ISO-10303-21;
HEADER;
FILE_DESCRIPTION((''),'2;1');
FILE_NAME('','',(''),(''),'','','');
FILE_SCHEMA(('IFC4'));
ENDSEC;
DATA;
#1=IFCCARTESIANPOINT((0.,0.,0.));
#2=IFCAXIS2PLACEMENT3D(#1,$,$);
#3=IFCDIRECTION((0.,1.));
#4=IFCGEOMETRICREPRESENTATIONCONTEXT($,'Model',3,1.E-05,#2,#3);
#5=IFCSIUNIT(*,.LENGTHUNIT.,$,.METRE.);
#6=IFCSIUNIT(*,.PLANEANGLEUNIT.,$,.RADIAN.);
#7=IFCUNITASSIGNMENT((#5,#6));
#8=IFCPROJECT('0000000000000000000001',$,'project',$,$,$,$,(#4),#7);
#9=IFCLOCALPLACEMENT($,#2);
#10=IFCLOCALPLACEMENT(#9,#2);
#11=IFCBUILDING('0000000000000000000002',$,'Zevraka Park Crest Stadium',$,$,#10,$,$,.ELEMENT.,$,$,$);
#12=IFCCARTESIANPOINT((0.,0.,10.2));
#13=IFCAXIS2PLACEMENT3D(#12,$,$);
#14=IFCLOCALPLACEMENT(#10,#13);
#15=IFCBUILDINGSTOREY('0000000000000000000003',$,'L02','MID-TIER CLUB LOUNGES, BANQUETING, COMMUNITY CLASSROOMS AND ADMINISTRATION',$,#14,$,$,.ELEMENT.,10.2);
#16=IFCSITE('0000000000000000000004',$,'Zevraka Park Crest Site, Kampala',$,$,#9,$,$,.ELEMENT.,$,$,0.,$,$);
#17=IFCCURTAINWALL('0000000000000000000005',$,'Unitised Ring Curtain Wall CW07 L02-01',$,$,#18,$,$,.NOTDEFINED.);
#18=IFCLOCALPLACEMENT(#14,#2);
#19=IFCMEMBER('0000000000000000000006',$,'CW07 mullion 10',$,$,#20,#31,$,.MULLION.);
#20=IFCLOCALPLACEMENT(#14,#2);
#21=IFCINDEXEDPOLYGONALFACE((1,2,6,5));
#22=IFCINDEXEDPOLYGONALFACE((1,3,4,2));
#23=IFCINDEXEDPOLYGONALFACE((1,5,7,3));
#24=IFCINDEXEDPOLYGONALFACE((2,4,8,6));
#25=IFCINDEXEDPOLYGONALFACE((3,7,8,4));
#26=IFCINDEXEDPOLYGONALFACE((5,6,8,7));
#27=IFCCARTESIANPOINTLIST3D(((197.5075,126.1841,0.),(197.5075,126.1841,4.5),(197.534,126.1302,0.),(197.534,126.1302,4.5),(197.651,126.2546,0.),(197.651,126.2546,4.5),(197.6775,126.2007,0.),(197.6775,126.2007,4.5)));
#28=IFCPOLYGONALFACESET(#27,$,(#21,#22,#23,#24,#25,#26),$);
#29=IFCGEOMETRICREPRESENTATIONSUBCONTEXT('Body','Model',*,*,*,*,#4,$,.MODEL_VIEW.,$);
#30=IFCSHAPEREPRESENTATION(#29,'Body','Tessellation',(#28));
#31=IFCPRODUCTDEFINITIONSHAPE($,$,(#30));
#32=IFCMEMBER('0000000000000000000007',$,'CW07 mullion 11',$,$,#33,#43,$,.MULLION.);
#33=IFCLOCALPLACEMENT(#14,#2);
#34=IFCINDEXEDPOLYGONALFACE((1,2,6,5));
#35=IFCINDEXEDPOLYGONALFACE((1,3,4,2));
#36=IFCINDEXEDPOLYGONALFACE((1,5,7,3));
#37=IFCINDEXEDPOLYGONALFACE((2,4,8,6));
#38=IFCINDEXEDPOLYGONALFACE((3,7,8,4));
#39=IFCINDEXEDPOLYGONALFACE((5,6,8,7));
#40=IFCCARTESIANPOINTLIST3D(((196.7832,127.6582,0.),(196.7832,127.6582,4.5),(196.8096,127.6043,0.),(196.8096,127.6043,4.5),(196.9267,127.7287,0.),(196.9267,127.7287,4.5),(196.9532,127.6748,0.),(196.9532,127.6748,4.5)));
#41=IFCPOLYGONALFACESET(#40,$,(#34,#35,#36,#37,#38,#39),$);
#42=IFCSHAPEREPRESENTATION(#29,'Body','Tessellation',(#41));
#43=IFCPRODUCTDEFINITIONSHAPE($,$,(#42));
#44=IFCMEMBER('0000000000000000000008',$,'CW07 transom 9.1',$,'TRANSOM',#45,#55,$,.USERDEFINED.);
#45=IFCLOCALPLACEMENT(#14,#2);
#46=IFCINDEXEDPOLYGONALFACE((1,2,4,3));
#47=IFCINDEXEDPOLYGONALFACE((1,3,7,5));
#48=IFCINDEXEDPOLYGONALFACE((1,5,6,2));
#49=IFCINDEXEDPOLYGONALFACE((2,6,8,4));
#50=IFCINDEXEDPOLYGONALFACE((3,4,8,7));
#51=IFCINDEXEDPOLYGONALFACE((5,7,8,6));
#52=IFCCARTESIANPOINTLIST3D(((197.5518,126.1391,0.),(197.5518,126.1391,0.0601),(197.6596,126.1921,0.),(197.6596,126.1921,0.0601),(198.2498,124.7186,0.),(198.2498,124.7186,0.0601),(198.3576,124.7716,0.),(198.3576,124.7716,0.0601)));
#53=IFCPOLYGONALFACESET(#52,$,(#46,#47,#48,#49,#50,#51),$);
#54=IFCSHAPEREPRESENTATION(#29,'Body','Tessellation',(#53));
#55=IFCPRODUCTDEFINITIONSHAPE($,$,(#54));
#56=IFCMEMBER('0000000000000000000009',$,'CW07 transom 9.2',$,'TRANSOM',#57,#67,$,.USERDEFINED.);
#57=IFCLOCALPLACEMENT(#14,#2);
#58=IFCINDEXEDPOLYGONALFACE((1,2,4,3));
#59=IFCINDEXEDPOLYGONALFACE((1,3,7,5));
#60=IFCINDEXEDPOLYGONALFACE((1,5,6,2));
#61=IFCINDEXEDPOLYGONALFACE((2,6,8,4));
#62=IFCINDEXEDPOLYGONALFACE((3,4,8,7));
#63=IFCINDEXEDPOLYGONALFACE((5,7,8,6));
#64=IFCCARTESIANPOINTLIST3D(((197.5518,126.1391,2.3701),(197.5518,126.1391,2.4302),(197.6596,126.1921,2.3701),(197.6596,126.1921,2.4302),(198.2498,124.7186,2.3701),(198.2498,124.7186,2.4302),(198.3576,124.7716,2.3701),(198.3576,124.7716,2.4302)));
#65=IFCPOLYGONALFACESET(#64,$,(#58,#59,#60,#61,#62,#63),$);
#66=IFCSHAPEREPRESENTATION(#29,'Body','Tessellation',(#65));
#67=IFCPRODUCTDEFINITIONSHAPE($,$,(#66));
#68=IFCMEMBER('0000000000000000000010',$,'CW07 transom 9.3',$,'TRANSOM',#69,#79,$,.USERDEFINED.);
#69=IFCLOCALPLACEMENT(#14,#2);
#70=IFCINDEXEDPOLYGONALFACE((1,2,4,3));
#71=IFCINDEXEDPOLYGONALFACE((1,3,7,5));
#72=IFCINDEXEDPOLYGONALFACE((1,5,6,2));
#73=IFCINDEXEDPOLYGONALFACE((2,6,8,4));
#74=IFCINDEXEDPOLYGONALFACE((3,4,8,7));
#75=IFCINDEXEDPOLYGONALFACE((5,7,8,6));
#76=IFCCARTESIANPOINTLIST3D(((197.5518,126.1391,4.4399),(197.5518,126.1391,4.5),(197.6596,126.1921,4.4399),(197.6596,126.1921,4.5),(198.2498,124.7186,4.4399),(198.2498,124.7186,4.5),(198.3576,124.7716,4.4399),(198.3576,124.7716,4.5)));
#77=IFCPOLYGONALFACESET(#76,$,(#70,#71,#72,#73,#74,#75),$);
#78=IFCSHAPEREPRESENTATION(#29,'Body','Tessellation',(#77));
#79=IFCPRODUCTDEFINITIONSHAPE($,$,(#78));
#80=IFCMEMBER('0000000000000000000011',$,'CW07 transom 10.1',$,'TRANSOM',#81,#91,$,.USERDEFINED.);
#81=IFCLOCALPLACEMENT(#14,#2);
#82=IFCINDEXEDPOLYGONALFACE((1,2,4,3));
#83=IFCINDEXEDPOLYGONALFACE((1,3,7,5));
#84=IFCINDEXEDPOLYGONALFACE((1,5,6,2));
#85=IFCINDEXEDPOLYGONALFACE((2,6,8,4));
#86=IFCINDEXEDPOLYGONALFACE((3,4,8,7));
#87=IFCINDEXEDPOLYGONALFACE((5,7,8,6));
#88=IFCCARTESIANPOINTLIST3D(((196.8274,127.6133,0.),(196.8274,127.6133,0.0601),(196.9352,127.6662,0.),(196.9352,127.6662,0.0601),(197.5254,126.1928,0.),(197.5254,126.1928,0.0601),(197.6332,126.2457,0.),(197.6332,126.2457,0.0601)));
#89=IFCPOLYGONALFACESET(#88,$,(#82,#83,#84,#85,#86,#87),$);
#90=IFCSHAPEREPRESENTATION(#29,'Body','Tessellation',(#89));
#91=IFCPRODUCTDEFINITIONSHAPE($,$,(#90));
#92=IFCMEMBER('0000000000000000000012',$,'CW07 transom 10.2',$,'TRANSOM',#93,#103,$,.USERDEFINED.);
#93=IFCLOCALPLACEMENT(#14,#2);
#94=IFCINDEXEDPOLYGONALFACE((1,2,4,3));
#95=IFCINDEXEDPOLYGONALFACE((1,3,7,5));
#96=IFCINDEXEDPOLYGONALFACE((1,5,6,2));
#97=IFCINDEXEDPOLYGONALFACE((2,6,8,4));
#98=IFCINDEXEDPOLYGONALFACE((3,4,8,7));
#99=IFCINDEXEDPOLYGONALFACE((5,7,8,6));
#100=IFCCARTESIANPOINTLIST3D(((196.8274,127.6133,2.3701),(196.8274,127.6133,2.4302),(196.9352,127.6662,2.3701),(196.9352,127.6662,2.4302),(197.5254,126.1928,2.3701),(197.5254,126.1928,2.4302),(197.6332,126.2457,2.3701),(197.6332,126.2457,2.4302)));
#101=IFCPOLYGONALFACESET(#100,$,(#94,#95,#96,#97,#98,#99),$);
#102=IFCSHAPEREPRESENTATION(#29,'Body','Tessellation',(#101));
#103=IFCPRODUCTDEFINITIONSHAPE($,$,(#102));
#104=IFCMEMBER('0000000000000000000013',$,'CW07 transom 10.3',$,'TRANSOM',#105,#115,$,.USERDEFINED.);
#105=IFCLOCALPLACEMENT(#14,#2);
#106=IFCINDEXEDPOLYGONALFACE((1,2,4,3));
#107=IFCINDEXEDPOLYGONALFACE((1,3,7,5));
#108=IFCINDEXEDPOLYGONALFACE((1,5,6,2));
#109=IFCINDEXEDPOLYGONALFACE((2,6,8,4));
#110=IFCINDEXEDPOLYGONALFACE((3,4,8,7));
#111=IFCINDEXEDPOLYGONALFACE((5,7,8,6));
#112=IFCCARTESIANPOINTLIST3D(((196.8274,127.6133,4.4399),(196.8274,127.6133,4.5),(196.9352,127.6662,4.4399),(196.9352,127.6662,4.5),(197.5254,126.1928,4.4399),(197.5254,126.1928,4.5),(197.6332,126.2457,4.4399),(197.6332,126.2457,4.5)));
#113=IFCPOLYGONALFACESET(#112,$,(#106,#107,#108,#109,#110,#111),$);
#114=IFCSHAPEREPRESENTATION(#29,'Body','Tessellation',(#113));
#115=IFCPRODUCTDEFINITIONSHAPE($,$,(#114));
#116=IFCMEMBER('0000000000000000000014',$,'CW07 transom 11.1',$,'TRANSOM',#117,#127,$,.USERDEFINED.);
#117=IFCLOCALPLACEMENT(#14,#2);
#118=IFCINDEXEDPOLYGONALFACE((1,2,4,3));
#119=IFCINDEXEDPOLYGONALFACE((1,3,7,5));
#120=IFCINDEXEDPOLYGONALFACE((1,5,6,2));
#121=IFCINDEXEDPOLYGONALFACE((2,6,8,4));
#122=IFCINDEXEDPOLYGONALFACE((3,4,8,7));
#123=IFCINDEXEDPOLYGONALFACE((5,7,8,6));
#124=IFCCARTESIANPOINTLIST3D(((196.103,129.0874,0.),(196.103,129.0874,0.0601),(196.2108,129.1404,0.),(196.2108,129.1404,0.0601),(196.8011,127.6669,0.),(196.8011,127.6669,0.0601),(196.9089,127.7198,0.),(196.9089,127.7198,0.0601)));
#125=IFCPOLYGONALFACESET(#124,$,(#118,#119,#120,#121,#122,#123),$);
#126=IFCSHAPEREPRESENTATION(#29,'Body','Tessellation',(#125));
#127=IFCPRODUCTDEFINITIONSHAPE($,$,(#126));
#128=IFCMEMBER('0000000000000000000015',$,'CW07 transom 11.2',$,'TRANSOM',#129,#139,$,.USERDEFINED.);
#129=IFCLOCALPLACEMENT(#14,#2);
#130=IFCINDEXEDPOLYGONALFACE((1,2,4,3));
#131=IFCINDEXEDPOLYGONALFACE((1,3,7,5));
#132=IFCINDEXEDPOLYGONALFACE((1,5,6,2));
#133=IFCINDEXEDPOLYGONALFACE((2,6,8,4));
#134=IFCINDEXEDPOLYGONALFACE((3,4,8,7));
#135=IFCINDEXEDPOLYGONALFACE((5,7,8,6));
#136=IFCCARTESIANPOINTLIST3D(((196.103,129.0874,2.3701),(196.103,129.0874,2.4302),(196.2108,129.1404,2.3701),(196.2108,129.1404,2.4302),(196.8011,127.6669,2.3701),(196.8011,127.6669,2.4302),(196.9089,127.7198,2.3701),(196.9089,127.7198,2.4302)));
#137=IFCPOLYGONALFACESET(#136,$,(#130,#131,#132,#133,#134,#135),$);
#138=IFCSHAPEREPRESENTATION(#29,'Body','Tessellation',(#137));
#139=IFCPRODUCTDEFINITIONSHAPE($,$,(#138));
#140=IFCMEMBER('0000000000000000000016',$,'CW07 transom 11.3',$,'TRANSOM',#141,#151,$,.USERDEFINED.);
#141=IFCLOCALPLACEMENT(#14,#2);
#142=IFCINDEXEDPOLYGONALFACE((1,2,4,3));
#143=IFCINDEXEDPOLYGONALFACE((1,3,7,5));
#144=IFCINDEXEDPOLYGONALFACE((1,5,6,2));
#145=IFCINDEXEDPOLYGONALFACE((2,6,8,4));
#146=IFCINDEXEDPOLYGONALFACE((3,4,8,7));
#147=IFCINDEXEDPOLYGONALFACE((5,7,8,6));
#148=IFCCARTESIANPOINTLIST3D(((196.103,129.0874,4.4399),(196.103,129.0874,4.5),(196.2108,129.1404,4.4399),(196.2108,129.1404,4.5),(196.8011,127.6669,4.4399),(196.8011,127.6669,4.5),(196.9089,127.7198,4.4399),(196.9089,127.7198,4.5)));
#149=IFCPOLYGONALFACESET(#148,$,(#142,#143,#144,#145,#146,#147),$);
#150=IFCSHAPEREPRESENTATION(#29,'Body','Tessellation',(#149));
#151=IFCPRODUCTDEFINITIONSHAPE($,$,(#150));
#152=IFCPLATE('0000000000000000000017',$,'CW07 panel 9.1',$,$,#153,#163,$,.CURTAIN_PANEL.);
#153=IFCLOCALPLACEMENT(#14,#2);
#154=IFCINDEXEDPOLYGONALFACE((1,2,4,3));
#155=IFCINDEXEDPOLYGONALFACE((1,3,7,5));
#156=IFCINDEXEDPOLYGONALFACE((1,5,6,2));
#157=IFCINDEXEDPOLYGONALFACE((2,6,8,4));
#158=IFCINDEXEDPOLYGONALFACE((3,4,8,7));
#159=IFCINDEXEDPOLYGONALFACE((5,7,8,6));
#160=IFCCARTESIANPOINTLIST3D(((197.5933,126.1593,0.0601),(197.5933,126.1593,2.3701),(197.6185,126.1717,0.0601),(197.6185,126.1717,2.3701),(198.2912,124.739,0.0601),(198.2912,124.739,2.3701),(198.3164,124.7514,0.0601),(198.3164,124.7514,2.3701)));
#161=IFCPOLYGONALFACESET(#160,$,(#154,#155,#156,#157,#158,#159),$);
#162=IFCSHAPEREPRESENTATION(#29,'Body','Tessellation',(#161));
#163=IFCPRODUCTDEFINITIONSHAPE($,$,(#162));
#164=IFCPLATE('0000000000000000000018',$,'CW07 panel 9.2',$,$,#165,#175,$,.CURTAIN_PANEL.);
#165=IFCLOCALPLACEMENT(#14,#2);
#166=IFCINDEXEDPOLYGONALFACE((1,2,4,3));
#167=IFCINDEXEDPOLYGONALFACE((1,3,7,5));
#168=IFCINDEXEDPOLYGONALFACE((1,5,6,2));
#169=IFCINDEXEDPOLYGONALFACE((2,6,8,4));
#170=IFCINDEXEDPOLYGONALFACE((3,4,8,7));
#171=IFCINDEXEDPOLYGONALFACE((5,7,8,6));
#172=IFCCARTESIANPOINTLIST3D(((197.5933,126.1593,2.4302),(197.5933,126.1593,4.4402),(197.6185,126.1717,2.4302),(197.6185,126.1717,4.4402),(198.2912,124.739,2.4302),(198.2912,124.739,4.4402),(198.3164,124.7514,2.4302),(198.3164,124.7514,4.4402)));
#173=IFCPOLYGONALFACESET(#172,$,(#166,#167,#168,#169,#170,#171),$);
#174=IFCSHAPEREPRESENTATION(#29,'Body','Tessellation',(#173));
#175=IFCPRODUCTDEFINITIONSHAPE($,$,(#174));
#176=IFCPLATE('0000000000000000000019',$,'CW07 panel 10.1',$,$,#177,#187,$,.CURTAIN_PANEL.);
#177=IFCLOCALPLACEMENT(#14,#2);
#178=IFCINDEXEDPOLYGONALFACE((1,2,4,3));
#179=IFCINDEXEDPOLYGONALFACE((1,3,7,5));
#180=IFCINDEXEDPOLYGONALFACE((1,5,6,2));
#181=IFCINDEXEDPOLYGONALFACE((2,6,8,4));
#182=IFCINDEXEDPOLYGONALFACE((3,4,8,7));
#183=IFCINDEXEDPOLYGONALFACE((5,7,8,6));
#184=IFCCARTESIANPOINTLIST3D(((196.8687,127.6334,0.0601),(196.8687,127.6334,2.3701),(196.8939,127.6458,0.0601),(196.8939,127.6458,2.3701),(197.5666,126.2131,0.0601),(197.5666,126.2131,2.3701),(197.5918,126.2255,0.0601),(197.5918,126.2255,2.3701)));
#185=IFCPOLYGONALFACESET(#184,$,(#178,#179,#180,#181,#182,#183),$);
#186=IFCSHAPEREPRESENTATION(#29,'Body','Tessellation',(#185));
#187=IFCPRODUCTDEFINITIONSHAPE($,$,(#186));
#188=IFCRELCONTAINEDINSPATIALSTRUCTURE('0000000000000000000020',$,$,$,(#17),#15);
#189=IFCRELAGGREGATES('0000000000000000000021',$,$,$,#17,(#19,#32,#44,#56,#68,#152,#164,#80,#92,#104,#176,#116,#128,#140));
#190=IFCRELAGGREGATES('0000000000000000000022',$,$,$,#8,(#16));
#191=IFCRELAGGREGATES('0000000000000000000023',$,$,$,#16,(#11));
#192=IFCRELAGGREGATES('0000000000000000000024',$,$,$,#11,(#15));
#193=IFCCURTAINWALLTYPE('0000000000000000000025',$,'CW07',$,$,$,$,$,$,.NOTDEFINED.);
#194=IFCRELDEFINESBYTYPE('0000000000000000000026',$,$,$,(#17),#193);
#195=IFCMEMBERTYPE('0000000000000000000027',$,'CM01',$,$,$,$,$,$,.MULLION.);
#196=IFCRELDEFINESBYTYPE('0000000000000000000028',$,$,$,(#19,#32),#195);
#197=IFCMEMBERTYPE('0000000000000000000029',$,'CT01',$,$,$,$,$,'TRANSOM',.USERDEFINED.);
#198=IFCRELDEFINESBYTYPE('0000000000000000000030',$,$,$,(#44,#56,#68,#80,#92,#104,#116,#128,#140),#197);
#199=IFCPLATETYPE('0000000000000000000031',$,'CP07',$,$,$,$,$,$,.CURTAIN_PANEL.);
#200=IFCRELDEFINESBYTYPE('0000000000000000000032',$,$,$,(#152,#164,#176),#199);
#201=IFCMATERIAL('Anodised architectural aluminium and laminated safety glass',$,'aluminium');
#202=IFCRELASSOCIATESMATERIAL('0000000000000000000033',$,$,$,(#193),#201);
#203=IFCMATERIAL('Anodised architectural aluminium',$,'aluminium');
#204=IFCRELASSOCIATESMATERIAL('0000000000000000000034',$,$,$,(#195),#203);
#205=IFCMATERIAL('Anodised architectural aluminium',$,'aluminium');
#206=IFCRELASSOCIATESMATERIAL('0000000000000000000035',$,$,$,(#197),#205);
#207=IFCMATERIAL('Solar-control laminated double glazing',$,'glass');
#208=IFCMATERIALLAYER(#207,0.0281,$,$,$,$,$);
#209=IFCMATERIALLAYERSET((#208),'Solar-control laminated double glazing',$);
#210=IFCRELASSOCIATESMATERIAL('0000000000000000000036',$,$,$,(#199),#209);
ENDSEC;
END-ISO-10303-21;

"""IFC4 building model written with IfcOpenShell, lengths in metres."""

from ifc_helpers import new_model, si_unit, direction, frame, origin, origin_2d, place, context, subcontext, project, spatial, rectangle, extrude, material, layer, layer_set, material_profile, profile_set, type_object, element, aggregate, save


model = new_model("IFC4")

# Units and contexts
model_context = context("Model", 3, precision=1e-05, world=origin(), true_north=direction((0.0, 1.0)))
body_context = subcontext(model_context, "Body", "Model", "MODEL_VIEW")
ifc_project = project(units=[si_unit("LENGTHUNIT", "METRE"), si_unit("PLANEANGLEUNIT", "RADIAN")], contexts=[model_context])

# Site, building, storey
site_placement = place(None, origin())
site = spatial("IfcSite", under=ifc_project, at=site_placement, Name="Zevraka Park Crest Site, Kampala", CompositionType="ELEMENT", RefElevation=0.0)
building_placement = place(site_placement, origin())
building = spatial("IfcBuilding", under=site, at=building_placement, Name="Zevraka Park Crest Stadium", CompositionType="ELEMENT")
storey_placement = place(building_placement, frame((0.0, 0.0, 10.2)))
storey = spatial("IfcBuildingStorey", under=building, at=storey_placement, Name="L02", Description="MID-TIER CLUB LOUNGES, BANQUETING, COMMUNITY CLASSROOMS AND ADMINISTRATION", CompositionType="ELEMENT", Elevation=10.2)

# Curtain wall, members, plates
ifc_material_1 = material(Name="Anodised architectural aluminium and laminated safety glass", Category="aluminium")
curtain_wall_type = type_object("IfcCurtainWallType", Name="CW07", PredefinedType="NOTDEFINED", material=ifc_material_1)
curtain_wall_placement = place(storey_placement, origin())
curtain_wall = element("IfcCurtainWall", 1, at=curtain_wall_placement, inside=storey, type_object=curtain_wall_type, Name="Unitised Ring Curtain Wall CW07 L02-01", PredefinedType="NOTDEFINED")
ifc_material_2 = material(Name="Anodised architectural aluminium", Category="aluminium")
ifc_material_profile_1 = material_profile(ifc_material_2, rectangle(XDim=0.1599, YDim=0.0601, at=origin_2d()), Name="ALU MULLION 160x60")
ifc_profile_set_1 = profile_set([ifc_material_profile_1], Name="Anodised architectural aluminium")
member_type_1 = type_object("IfcMemberType", Name="CM01", PredefinedType="MULLION", material=ifc_profile_set_1)
member_1_placement = place(storey_placement, frame((197.5925, 126.1924, 0.0), z_axis=(0.0, 0.0, 1.0), x_axis=(-0.897497, -0.441021, 0.0)))
member_1 = element("IfcMember", 2, at=member_1_placement, type_object=member_type_1, Name="CW07 mullion 10", PredefinedType="MULLION", context=body_context, shape_type="SweptSolid", body=[
    extrude(rectangle(XDim=0.1599, YDim=0.0601, at=origin_2d()), origin(), (0.0, 0.0, 1.0), 4.5),
])
member_2_placement = place(storey_placement, frame((196.8682, 127.6665, 0.0), z_axis=(0.0, 0.0, 1.0), x_axis=(-0.897497, -0.441021, 0.0)))
member_2 = element("IfcMember", 3, at=member_2_placement, type_object=member_type_1, Name="CW07 mullion 11", PredefinedType="MULLION", context=body_context, shape_type="SweptSolid", body=[
    extrude(rectangle(XDim=0.1599, YDim=0.0601, at=origin_2d()), origin(), (0.0, 0.0, 1.0), 4.5),
])
ifc_material_3 = material(Name="Anodised architectural aluminium", Category="aluminium")
ifc_material_profile_2 = material_profile(ifc_material_3, rectangle(XDim=0.1201, YDim=0.0601, at=origin_2d()), Name="ALU TRANSOM 120x60")
ifc_profile_set_2 = profile_set([ifc_material_profile_2], Name="Anodised architectural aluminium")
member_type_2 = type_object("IfcMemberType", Name="CT01", ElementType="TRANSOM", PredefinedType="USERDEFINED", material=ifc_profile_set_2)
member_3_placement = place(storey_placement, frame((198.3037, 124.7451, 0.03), z_axis=(-0.441033, 0.897491, 0.0), x_axis=(-0.897491, -0.441033, 0.0)))
member_3 = element("IfcMember", 4, at=member_3_placement, type_object=member_type_2, Name="CW07 transom 9.1", ObjectType="TRANSOM", PredefinedType="USERDEFINED", context=body_context, shape_type="SweptSolid", body=[
    extrude(rectangle(XDim=0.1201, YDim=0.0601, at=origin_2d()), origin(), (0.0, 0.0, 1.0), 1.5828),
])
member_4_placement = place(storey_placement, frame((198.3037, 124.7451, 2.4001), z_axis=(-0.441033, 0.897491, 0.0), x_axis=(-0.897491, -0.441033, 0.0)))
member_4 = element("IfcMember", 5, at=member_4_placement, type_object=member_type_2, Name="CW07 transom 9.2", ObjectType="TRANSOM", PredefinedType="USERDEFINED", context=body_context, shape_type="SweptSolid", body=[
    extrude(rectangle(XDim=0.1201, YDim=0.0601, at=origin_2d()), origin(), (0.0, 0.0, 1.0), 1.5828),
])
member_5_placement = place(storey_placement, frame((198.3037, 124.7451, 4.47), z_axis=(-0.441033, 0.897491, 0.0), x_axis=(-0.897491, -0.441033, 0.0)))
member_5 = element("IfcMember", 6, at=member_5_placement, type_object=member_type_2, Name="CW07 transom 9.3", ObjectType="TRANSOM", PredefinedType="USERDEFINED", context=body_context, shape_type="SweptSolid", body=[
    extrude(rectangle(XDim=0.1201, YDim=0.0601, at=origin_2d()), origin(), (0.0, 0.0, 1.0), 1.5828),
])
member_6_placement = place(storey_placement, frame((197.5793, 126.2192, 0.03), z_axis=(-0.441033, 0.897491, 0.0), x_axis=(-0.897491, -0.441033, 0.0)))
member_6 = element("IfcMember", 7, at=member_6_placement, type_object=member_type_2, Name="CW07 transom 10.1", ObjectType="TRANSOM", PredefinedType="USERDEFINED", context=body_context, shape_type="SweptSolid", body=[
    extrude(rectangle(XDim=0.1201, YDim=0.0601, at=origin_2d()), origin(), (0.0, 0.0, 1.0), 1.5828),
])
member_7_placement = place(storey_placement, frame((197.5793, 126.2192, 2.4001), z_axis=(-0.441033, 0.897491, 0.0), x_axis=(-0.897491, -0.441033, 0.0)))
member_7 = element("IfcMember", 8, at=member_7_placement, type_object=member_type_2, Name="CW07 transom 10.2", ObjectType="TRANSOM", PredefinedType="USERDEFINED", context=body_context, shape_type="SweptSolid", body=[
    extrude(rectangle(XDim=0.1201, YDim=0.0601, at=origin_2d()), origin(), (0.0, 0.0, 1.0), 1.5828),
])
member_8_placement = place(storey_placement, frame((197.5793, 126.2192, 4.47), z_axis=(-0.441033, 0.897491, 0.0), x_axis=(-0.897491, -0.441033, 0.0)))
member_8 = element("IfcMember", 9, at=member_8_placement, type_object=member_type_2, Name="CW07 transom 10.3", ObjectType="TRANSOM", PredefinedType="USERDEFINED", context=body_context, shape_type="SweptSolid", body=[
    extrude(rectangle(XDim=0.1201, YDim=0.0601, at=origin_2d()), origin(), (0.0, 0.0, 1.0), 1.5828),
])
member_9_placement = place(storey_placement, frame((196.855, 127.6934, 0.03), z_axis=(-0.441033, 0.897491, 0.0), x_axis=(-0.897491, -0.441033, 0.0)))
member_9 = element("IfcMember", 10, at=member_9_placement, type_object=member_type_2, Name="CW07 transom 11.1", ObjectType="TRANSOM", PredefinedType="USERDEFINED", context=body_context, shape_type="SweptSolid", body=[
    extrude(rectangle(XDim=0.1201, YDim=0.0601, at=origin_2d()), origin(), (0.0, 0.0, 1.0), 1.5828),
])
member_10_placement = place(storey_placement, frame((196.855, 127.6934, 2.4001), z_axis=(-0.441033, 0.897491, 0.0), x_axis=(-0.897491, -0.441033, 0.0)))
member_10 = element("IfcMember", 11, at=member_10_placement, type_object=member_type_2, Name="CW07 transom 11.2", ObjectType="TRANSOM", PredefinedType="USERDEFINED", context=body_context, shape_type="SweptSolid", body=[
    extrude(rectangle(XDim=0.1201, YDim=0.0601, at=origin_2d()), origin(), (0.0, 0.0, 1.0), 1.5828),
])
member_11_placement = place(storey_placement, frame((196.855, 127.6934, 4.47), z_axis=(-0.441033, 0.897491, 0.0), x_axis=(-0.897491, -0.441033, 0.0)))
member_11 = element("IfcMember", 12, at=member_11_placement, type_object=member_type_2, Name="CW07 transom 11.3", ObjectType="TRANSOM", PredefinedType="USERDEFINED", context=body_context, shape_type="SweptSolid", body=[
    extrude(rectangle(XDim=0.1201, YDim=0.0601, at=origin_2d()), origin(), (0.0, 0.0, 1.0), 1.5828),
])
ifc_material_4 = material(Name="Solar-control laminated double glazing", Category="glass")
ifc_layer_1 = layer(ifc_material_4, 0.0281)
ifc_layer_set_1 = layer_set([ifc_layer_1], Name="Solar-control laminated double glazing")
plate_type = type_object("IfcPlateType", Name="CP07", PredefinedType="CURTAIN_PANEL", material=ifc_layer_set_1)
plate_1_placement = place(storey_placement, frame((197.9548, 125.4553, 0.0601), z_axis=(0.0, 0.0, 1.0), x_axis=(-0.441021, 0.897497, 0.0)))
plate_1 = element("IfcPlate", 13, at=plate_1_placement, type_object=plate_type, Name="CW07 panel 9.1", PredefinedType="CURTAIN_PANEL", context=body_context, shape_type="SweptSolid", body=[
    extrude(rectangle(XDim=1.5825, YDim=0.0281, at=origin_2d()), origin(), (0.0, 0.0, 1.0), 2.3101),
])
plate_2_placement = place(storey_placement, frame((197.9548, 125.4553, 2.4302), z_axis=(0.0, 0.0, 1.0), x_axis=(-0.441021, 0.897497, 0.0)))
plate_2 = element("IfcPlate", 14, at=plate_2_placement, type_object=plate_type, Name="CW07 panel 9.2", PredefinedType="CURTAIN_PANEL", context=body_context, shape_type="SweptSolid", body=[
    extrude(rectangle(XDim=1.5825, YDim=0.0281, at=origin_2d()), origin(), (0.0, 0.0, 1.0), 2.01),
])
plate_3_placement = place(storey_placement, frame((197.2302, 126.9294, 0.0601), z_axis=(0.0, 0.0, 1.0), x_axis=(-0.441021, 0.897497, 0.0)))
plate_3 = element("IfcPlate", 15, at=plate_3_placement, type_object=plate_type, Name="CW07 panel 10.1", PredefinedType="CURTAIN_PANEL", context=body_context, shape_type="SweptSolid", body=[
    extrude(rectangle(XDim=1.5825, YDim=0.0281, at=origin_2d()), origin(), (0.0, 0.0, 1.0), 2.3101),
])
aggregate(curtain_wall, [member_1, member_2, member_3, member_4, member_5, plate_1, plate_2, member_6, member_7, member_8, plate_3, member_9, member_10, member_11])

save(model, "model.ifc")
